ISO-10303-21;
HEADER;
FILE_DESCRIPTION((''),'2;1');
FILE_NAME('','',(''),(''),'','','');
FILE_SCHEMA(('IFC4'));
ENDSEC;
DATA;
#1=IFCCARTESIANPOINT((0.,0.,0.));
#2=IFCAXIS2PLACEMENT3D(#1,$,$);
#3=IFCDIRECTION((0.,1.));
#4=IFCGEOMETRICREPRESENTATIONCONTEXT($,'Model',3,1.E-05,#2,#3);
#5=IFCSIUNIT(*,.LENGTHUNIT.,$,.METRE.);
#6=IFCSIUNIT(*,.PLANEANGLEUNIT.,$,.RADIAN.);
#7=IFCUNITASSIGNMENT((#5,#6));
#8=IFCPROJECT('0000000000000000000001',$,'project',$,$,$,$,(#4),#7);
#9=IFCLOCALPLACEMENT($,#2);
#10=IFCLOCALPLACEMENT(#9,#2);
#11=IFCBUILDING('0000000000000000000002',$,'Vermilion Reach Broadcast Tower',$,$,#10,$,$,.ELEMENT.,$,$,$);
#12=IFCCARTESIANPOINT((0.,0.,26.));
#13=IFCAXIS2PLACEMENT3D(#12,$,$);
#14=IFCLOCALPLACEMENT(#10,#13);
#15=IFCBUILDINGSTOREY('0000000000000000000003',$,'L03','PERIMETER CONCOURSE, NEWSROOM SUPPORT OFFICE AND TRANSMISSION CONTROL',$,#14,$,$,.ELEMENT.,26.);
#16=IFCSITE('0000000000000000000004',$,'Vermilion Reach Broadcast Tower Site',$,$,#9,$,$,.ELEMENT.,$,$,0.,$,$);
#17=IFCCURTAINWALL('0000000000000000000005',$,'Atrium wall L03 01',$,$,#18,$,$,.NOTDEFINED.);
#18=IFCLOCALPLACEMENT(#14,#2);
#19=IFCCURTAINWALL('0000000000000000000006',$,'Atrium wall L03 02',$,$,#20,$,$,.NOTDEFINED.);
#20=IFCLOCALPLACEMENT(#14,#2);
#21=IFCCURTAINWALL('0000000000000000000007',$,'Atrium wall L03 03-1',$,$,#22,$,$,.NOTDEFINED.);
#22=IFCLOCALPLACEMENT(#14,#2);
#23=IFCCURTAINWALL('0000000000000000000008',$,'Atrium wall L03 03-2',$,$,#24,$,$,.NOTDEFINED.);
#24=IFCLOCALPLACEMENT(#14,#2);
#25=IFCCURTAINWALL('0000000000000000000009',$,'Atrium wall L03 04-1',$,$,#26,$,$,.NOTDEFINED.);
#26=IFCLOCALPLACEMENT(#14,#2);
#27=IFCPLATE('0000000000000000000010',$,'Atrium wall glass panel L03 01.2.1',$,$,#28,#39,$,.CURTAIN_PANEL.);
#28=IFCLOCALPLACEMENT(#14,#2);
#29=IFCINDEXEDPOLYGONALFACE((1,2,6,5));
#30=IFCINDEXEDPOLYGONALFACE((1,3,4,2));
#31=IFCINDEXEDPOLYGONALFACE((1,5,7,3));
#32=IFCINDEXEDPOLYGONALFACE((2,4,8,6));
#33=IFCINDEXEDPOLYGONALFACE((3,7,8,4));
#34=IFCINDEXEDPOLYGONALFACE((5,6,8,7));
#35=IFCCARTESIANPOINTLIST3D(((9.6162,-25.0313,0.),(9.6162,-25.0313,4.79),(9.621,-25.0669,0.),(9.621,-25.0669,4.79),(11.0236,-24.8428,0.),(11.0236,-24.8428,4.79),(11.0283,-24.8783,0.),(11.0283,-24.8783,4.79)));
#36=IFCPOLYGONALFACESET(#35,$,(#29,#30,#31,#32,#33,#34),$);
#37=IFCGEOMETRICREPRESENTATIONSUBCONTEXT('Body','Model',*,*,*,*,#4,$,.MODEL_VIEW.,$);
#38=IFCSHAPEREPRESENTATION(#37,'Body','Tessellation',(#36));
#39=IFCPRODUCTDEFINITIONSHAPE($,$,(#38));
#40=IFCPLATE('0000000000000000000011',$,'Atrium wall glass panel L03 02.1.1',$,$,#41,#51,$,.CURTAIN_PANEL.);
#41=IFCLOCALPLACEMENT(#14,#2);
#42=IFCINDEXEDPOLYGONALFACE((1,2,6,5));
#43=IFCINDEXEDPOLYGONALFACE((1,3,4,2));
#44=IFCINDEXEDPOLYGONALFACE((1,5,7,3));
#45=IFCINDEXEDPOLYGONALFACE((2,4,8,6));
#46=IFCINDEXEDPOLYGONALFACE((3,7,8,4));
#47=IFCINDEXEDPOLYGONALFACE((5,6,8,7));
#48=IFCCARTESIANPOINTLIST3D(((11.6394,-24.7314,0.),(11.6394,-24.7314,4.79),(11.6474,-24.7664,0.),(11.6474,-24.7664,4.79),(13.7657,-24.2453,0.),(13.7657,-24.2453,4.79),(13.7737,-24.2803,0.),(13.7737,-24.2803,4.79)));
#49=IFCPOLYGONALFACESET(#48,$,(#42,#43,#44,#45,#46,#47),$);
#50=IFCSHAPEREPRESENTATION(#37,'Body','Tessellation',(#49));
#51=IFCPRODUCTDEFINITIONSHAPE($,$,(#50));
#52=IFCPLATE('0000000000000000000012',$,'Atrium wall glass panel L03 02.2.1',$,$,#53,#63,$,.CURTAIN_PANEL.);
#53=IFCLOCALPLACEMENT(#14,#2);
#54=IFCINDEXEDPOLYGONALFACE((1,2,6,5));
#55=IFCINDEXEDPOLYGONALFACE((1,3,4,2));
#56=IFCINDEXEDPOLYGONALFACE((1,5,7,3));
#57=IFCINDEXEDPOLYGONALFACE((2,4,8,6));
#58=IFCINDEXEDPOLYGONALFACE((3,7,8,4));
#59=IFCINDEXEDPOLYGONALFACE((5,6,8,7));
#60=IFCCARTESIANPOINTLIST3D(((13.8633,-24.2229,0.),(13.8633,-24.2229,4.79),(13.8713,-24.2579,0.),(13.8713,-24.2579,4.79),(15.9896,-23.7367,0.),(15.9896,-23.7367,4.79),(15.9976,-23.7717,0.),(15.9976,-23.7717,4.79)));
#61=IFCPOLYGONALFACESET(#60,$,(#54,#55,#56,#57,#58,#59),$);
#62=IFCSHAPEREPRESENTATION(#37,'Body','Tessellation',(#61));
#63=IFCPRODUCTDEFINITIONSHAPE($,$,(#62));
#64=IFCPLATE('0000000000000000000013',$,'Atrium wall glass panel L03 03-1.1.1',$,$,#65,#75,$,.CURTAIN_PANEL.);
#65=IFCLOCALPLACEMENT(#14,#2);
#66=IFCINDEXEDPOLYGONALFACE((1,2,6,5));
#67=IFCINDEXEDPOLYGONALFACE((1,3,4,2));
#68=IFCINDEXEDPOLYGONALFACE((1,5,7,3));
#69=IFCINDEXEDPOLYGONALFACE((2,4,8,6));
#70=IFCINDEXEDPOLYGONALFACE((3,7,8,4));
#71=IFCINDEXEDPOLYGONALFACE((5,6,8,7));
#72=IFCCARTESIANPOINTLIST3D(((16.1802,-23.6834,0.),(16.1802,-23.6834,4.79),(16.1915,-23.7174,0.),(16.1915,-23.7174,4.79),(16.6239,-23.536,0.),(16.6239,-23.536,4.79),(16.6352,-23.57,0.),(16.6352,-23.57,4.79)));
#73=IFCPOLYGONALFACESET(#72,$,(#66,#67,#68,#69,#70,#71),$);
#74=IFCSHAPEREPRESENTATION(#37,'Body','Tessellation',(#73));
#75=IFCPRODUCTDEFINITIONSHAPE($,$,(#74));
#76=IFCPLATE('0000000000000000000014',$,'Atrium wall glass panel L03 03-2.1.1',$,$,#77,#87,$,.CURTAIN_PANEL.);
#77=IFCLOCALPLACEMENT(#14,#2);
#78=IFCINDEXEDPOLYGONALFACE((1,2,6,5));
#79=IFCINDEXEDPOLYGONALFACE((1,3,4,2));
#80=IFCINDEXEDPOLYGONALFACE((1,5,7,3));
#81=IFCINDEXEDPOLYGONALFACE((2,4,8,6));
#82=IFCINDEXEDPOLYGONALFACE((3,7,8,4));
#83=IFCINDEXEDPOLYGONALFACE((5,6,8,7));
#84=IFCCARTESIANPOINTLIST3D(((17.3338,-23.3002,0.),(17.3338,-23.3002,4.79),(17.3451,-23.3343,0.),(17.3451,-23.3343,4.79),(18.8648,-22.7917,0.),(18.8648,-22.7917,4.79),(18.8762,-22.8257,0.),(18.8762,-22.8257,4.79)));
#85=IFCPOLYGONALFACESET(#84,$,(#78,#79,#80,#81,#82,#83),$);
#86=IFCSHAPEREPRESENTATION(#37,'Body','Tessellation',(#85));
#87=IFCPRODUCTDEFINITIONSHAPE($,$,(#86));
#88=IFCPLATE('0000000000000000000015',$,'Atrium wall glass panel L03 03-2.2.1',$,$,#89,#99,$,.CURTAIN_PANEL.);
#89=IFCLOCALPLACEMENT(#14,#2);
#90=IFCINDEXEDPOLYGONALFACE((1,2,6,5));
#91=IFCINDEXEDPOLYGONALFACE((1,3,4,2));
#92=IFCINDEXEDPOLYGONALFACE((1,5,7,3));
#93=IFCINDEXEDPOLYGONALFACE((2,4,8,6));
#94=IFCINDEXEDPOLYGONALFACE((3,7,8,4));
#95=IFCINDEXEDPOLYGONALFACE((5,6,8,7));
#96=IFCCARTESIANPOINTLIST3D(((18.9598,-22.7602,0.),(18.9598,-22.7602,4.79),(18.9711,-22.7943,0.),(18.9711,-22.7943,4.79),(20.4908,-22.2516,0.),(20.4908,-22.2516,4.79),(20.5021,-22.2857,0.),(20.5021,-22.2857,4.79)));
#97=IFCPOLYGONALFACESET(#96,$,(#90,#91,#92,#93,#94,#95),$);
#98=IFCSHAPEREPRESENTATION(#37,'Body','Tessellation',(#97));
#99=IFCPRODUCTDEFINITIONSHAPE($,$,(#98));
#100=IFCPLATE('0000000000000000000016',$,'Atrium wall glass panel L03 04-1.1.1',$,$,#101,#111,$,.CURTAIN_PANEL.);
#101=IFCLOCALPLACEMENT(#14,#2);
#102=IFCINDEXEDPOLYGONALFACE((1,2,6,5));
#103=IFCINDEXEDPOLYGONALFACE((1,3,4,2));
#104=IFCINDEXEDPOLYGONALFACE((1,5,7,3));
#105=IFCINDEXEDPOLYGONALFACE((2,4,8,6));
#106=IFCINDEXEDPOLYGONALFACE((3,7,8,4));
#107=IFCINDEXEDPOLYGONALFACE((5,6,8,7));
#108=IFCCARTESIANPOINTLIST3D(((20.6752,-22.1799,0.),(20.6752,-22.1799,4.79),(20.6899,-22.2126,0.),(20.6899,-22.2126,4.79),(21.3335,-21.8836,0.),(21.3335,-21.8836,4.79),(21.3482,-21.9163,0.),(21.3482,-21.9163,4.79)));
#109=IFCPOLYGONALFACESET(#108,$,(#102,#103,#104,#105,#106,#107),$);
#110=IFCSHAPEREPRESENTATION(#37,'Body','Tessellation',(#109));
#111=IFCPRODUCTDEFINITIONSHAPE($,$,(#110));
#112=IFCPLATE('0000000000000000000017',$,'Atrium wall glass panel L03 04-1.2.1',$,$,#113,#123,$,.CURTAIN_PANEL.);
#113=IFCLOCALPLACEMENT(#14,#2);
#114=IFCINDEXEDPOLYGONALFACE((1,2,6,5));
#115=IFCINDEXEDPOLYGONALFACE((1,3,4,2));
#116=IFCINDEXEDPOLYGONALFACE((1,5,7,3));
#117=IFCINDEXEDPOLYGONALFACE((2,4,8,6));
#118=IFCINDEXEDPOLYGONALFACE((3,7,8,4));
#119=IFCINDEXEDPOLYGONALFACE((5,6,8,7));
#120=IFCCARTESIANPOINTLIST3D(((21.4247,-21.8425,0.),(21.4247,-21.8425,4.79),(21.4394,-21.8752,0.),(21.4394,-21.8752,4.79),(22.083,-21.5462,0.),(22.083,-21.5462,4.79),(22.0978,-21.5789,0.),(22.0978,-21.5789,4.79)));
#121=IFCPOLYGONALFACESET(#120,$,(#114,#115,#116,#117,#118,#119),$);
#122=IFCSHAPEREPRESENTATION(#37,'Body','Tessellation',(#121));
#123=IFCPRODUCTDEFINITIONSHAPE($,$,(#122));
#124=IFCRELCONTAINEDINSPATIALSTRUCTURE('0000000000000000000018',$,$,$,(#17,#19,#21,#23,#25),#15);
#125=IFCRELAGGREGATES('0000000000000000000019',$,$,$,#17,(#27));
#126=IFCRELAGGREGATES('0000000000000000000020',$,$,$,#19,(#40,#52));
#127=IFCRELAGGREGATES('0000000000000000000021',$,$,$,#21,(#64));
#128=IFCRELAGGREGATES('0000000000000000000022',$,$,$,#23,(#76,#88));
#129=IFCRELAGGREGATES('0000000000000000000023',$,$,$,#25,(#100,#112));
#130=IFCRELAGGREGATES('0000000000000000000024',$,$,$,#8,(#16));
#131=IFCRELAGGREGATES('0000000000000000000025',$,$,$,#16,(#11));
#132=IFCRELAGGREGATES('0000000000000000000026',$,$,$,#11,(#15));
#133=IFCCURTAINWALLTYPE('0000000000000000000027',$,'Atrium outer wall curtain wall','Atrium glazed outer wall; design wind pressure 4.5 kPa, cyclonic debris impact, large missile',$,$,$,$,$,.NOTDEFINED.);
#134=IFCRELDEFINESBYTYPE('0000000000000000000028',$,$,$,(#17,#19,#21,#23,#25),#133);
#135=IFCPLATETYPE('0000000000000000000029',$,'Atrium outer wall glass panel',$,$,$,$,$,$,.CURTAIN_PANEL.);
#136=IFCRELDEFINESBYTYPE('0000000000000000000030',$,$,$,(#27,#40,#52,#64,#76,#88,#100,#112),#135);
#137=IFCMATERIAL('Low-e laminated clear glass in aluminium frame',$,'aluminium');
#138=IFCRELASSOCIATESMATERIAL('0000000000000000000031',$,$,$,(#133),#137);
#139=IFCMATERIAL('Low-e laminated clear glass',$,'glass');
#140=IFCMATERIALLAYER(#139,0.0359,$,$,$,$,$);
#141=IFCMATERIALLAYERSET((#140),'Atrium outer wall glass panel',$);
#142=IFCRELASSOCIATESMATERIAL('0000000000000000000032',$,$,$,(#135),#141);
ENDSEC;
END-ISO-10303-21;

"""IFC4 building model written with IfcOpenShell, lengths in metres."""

from ifc_helpers import new_model, si_unit, direction, frame, origin, origin_2d, place, context, subcontext, project, spatial, rectangle, extrude, material, layer, layer_set, type_object, element, aggregate, save


model = new_model("IFC4")

# Units and contexts
model_context = context("Model", 3, precision=1e-05, world=origin(), true_north=direction((0.0, 1.0)))
body_context = subcontext(model_context, "Body", "Model", "MODEL_VIEW")
ifc_project = project(units=[si_unit("LENGTHUNIT", "METRE"), si_unit("PLANEANGLEUNIT", "RADIAN")], contexts=[model_context])

# Site, building, storey
site_placement = place(None, origin())
site = spatial("IfcSite", under=ifc_project, at=site_placement, Name="Vermilion Reach Broadcast Tower Site", CompositionType="ELEMENT", RefElevation=0.0)
building_placement = place(site_placement, origin())
building = spatial("IfcBuilding", under=site, at=building_placement, Name="Vermilion Reach Broadcast Tower", CompositionType="ELEMENT")
storey_placement = place(building_placement, frame((0.0, 0.0, 26.0)))
storey = spatial("IfcBuildingStorey", under=building, at=storey_placement, Name="L03", Description="PERIMETER CONCOURSE, NEWSROOM SUPPORT OFFICE AND TRANSMISSION CONTROL", CompositionType="ELEMENT", Elevation=26.0)

# Curtain wall
ifc_material_1 = material(Name="Low-e laminated clear glass in aluminium frame", Category="aluminium")
curtain_wall_type = type_object("IfcCurtainWallType", Name="Atrium outer wall curtain wall", Description="Atrium glazed outer wall; design wind pressure 4.5 kPa, cyclonic debris impact, large missile", PredefinedType="NOTDEFINED", material=ifc_material_1)
placement = place(storey_placement, origin())
curtain_wall_1 = element("IfcCurtainWall", 1, at=placement, inside=storey, type_object=curtain_wall_type, Name="Atrium wall L03 01", PredefinedType="NOTDEFINED")

# Curtain walls
curtain_wall_2 = element("IfcCurtainWall", 2, at=placement, inside=storey, type_object=curtain_wall_type, Name="Atrium wall L03 02", PredefinedType="NOTDEFINED")
curtain_wall_3 = element("IfcCurtainWall", 3, at=placement, inside=storey, type_object=curtain_wall_type, Name="Atrium wall L03 03-1", PredefinedType="NOTDEFINED")
curtain_wall_4 = element("IfcCurtainWall", 4, at=placement, inside=storey, type_object=curtain_wall_type, Name="Atrium wall L03 03-2", PredefinedType="NOTDEFINED")
curtain_wall_5 = element("IfcCurtainWall", 5, at=placement, inside=storey, type_object=curtain_wall_type, Name="Atrium wall L03 04-1", PredefinedType="NOTDEFINED")

# Plates
ifc_material_2 = material(Name="Low-e laminated clear glass", Category="glass")
ifc_layer = layer(ifc_material_2, 0.0359)
ifc_layer_set = layer_set([ifc_layer], Name="Atrium outer wall glass panel")
plate_type = type_object("IfcPlateType", Name="Atrium outer wall glass panel", PredefinedType="CURTAIN_PANEL", material=ifc_layer_set)
plate_1_placement = place(storey_placement, frame((10.3223, -24.9548, 0.0), z_axis=(0.0, 0.0, 1.0), x_axis=(0.991144, 0.132794, 0.0)))
plate_1 = element("IfcPlate", 6, at=plate_1_placement, type_object=plate_type, Name="Atrium wall glass panel L03 01.2.1", PredefinedType="CURTAIN_PANEL", context=body_context, shape_type="SweptSolid", body=[
    extrude(rectangle(XDim=1.4199, YDim=0.0359, at=origin_2d()), origin(), (0.0, 0.0, 1.0), 4.79),
])
aggregate(curtain_wall_1, [plate_1])
plate_2_placement = place(storey_placement, frame((12.7065, -24.5059, 0.0), z_axis=(0.0, 0.0, 1.0), x_axis=(0.974843, 0.222892, 0.0)))
plate_2 = element("IfcPlate", 7, at=plate_2_placement, type_object=plate_type, Name="Atrium wall glass panel L03 02.1.1", PredefinedType="CURTAIN_PANEL", context=body_context, shape_type="SweptSolid", body=[
    extrude(rectangle(XDim=2.1812, YDim=0.0359, at=origin_2d()), origin(), (0.0, 0.0, 1.0), 4.79),
])
plate_3_placement = place(storey_placement, frame((14.9304, -23.9973, 0.0), z_axis=(0.0, 0.0, 1.0), x_axis=(0.974843, 0.222892, 0.0)))
plate_3 = element("IfcPlate", 8, at=plate_3_placement, type_object=plate_type, Name="Atrium wall glass panel L03 02.2.1", PredefinedType="CURTAIN_PANEL", context=body_context, shape_type="SweptSolid", body=[
    extrude(rectangle(XDim=2.1812, YDim=0.0359, at=origin_2d()), origin(), (0.0, 0.0, 1.0), 4.79),
])
aggregate(curtain_wall_2, [plate_2, plate_3])
plate_4_placement = place(storey_placement, frame((16.4077, -23.6267, 0.0), z_axis=(0.0, 0.0, 1.0), x_axis=(0.949016, 0.315228, 0.0)))
plate_4 = element("IfcPlate", 9, at=plate_4_placement, type_object=plate_type, Name="Atrium wall glass panel L03 03-1.1.1", PredefinedType="CURTAIN_PANEL", context=body_context, shape_type="SweptSolid", body=[
    extrude(rectangle(XDim=0.4675, YDim=0.0359, at=origin_2d()), origin(), (0.0, 0.0, 1.0), 4.79),
])
aggregate(curtain_wall_3, [plate_4])
plate_5_placement = place(storey_placement, frame((18.105, -23.063, 0.0), z_axis=(0.0, 0.0, 1.0), x_axis=(0.949016, 0.315228, 0.0)))
plate_5 = element("IfcPlate", 10, at=plate_5_placement, type_object=plate_type, Name="Atrium wall glass panel L03 03-2.1.1", PredefinedType="CURTAIN_PANEL", context=body_context, shape_type="SweptSolid", body=[
    extrude(rectangle(XDim=1.6133, YDim=0.0359, at=origin_2d()), origin(), (0.0, 0.0, 1.0), 4.79),
])
plate_6_placement = place(storey_placement, frame((19.731, -22.5229, 0.0), z_axis=(0.0, 0.0, 1.0), x_axis=(0.949016, 0.315228, 0.0)))
plate_6 = element("IfcPlate", 11, at=plate_6_placement, type_object=plate_type, Name="Atrium wall glass panel L03 03-2.2.1", PredefinedType="CURTAIN_PANEL", context=body_context, shape_type="SweptSolid", body=[
    extrude(rectangle(XDim=1.6133, YDim=0.0359, at=origin_2d()), origin(), (0.0, 0.0, 1.0), 4.79),
])
aggregate(curtain_wall_4, [plate_5, plate_6])
plate_7_placement = place(storey_placement, frame((21.0117, -22.0481, 0.0), z_axis=(0.0, 0.0, 1.0), x_axis=(0.911902, 0.410408, 0.0)))
plate_7 = element("IfcPlate", 12, at=plate_7_placement, type_object=plate_type, Name="Atrium wall glass panel L03 04-1.1.1", PredefinedType="CURTAIN_PANEL", context=body_context, shape_type="SweptSolid", body=[
    extrude(rectangle(XDim=0.7219, YDim=0.0359, at=origin_2d()), origin(), (0.0, 0.0, 1.0), 4.79),
])
plate_8_placement = place(storey_placement, frame((21.7612, -21.7107, 0.0), z_axis=(0.0, 0.0, 1.0), x_axis=(0.911902, 0.410408, 0.0)))
plate_8 = element("IfcPlate", 13, at=plate_8_placement, type_object=plate_type, Name="Atrium wall glass panel L03 04-1.2.1", PredefinedType="CURTAIN_PANEL", context=body_context, shape_type="SweptSolid", body=[
    extrude(rectangle(XDim=0.7219, YDim=0.0359, at=origin_2d()), origin(), (0.0, 0.0, 1.0), 4.79),
])
aggregate(curtain_wall_5, [plate_7, plate_8])

save(model, "model.ifc")
